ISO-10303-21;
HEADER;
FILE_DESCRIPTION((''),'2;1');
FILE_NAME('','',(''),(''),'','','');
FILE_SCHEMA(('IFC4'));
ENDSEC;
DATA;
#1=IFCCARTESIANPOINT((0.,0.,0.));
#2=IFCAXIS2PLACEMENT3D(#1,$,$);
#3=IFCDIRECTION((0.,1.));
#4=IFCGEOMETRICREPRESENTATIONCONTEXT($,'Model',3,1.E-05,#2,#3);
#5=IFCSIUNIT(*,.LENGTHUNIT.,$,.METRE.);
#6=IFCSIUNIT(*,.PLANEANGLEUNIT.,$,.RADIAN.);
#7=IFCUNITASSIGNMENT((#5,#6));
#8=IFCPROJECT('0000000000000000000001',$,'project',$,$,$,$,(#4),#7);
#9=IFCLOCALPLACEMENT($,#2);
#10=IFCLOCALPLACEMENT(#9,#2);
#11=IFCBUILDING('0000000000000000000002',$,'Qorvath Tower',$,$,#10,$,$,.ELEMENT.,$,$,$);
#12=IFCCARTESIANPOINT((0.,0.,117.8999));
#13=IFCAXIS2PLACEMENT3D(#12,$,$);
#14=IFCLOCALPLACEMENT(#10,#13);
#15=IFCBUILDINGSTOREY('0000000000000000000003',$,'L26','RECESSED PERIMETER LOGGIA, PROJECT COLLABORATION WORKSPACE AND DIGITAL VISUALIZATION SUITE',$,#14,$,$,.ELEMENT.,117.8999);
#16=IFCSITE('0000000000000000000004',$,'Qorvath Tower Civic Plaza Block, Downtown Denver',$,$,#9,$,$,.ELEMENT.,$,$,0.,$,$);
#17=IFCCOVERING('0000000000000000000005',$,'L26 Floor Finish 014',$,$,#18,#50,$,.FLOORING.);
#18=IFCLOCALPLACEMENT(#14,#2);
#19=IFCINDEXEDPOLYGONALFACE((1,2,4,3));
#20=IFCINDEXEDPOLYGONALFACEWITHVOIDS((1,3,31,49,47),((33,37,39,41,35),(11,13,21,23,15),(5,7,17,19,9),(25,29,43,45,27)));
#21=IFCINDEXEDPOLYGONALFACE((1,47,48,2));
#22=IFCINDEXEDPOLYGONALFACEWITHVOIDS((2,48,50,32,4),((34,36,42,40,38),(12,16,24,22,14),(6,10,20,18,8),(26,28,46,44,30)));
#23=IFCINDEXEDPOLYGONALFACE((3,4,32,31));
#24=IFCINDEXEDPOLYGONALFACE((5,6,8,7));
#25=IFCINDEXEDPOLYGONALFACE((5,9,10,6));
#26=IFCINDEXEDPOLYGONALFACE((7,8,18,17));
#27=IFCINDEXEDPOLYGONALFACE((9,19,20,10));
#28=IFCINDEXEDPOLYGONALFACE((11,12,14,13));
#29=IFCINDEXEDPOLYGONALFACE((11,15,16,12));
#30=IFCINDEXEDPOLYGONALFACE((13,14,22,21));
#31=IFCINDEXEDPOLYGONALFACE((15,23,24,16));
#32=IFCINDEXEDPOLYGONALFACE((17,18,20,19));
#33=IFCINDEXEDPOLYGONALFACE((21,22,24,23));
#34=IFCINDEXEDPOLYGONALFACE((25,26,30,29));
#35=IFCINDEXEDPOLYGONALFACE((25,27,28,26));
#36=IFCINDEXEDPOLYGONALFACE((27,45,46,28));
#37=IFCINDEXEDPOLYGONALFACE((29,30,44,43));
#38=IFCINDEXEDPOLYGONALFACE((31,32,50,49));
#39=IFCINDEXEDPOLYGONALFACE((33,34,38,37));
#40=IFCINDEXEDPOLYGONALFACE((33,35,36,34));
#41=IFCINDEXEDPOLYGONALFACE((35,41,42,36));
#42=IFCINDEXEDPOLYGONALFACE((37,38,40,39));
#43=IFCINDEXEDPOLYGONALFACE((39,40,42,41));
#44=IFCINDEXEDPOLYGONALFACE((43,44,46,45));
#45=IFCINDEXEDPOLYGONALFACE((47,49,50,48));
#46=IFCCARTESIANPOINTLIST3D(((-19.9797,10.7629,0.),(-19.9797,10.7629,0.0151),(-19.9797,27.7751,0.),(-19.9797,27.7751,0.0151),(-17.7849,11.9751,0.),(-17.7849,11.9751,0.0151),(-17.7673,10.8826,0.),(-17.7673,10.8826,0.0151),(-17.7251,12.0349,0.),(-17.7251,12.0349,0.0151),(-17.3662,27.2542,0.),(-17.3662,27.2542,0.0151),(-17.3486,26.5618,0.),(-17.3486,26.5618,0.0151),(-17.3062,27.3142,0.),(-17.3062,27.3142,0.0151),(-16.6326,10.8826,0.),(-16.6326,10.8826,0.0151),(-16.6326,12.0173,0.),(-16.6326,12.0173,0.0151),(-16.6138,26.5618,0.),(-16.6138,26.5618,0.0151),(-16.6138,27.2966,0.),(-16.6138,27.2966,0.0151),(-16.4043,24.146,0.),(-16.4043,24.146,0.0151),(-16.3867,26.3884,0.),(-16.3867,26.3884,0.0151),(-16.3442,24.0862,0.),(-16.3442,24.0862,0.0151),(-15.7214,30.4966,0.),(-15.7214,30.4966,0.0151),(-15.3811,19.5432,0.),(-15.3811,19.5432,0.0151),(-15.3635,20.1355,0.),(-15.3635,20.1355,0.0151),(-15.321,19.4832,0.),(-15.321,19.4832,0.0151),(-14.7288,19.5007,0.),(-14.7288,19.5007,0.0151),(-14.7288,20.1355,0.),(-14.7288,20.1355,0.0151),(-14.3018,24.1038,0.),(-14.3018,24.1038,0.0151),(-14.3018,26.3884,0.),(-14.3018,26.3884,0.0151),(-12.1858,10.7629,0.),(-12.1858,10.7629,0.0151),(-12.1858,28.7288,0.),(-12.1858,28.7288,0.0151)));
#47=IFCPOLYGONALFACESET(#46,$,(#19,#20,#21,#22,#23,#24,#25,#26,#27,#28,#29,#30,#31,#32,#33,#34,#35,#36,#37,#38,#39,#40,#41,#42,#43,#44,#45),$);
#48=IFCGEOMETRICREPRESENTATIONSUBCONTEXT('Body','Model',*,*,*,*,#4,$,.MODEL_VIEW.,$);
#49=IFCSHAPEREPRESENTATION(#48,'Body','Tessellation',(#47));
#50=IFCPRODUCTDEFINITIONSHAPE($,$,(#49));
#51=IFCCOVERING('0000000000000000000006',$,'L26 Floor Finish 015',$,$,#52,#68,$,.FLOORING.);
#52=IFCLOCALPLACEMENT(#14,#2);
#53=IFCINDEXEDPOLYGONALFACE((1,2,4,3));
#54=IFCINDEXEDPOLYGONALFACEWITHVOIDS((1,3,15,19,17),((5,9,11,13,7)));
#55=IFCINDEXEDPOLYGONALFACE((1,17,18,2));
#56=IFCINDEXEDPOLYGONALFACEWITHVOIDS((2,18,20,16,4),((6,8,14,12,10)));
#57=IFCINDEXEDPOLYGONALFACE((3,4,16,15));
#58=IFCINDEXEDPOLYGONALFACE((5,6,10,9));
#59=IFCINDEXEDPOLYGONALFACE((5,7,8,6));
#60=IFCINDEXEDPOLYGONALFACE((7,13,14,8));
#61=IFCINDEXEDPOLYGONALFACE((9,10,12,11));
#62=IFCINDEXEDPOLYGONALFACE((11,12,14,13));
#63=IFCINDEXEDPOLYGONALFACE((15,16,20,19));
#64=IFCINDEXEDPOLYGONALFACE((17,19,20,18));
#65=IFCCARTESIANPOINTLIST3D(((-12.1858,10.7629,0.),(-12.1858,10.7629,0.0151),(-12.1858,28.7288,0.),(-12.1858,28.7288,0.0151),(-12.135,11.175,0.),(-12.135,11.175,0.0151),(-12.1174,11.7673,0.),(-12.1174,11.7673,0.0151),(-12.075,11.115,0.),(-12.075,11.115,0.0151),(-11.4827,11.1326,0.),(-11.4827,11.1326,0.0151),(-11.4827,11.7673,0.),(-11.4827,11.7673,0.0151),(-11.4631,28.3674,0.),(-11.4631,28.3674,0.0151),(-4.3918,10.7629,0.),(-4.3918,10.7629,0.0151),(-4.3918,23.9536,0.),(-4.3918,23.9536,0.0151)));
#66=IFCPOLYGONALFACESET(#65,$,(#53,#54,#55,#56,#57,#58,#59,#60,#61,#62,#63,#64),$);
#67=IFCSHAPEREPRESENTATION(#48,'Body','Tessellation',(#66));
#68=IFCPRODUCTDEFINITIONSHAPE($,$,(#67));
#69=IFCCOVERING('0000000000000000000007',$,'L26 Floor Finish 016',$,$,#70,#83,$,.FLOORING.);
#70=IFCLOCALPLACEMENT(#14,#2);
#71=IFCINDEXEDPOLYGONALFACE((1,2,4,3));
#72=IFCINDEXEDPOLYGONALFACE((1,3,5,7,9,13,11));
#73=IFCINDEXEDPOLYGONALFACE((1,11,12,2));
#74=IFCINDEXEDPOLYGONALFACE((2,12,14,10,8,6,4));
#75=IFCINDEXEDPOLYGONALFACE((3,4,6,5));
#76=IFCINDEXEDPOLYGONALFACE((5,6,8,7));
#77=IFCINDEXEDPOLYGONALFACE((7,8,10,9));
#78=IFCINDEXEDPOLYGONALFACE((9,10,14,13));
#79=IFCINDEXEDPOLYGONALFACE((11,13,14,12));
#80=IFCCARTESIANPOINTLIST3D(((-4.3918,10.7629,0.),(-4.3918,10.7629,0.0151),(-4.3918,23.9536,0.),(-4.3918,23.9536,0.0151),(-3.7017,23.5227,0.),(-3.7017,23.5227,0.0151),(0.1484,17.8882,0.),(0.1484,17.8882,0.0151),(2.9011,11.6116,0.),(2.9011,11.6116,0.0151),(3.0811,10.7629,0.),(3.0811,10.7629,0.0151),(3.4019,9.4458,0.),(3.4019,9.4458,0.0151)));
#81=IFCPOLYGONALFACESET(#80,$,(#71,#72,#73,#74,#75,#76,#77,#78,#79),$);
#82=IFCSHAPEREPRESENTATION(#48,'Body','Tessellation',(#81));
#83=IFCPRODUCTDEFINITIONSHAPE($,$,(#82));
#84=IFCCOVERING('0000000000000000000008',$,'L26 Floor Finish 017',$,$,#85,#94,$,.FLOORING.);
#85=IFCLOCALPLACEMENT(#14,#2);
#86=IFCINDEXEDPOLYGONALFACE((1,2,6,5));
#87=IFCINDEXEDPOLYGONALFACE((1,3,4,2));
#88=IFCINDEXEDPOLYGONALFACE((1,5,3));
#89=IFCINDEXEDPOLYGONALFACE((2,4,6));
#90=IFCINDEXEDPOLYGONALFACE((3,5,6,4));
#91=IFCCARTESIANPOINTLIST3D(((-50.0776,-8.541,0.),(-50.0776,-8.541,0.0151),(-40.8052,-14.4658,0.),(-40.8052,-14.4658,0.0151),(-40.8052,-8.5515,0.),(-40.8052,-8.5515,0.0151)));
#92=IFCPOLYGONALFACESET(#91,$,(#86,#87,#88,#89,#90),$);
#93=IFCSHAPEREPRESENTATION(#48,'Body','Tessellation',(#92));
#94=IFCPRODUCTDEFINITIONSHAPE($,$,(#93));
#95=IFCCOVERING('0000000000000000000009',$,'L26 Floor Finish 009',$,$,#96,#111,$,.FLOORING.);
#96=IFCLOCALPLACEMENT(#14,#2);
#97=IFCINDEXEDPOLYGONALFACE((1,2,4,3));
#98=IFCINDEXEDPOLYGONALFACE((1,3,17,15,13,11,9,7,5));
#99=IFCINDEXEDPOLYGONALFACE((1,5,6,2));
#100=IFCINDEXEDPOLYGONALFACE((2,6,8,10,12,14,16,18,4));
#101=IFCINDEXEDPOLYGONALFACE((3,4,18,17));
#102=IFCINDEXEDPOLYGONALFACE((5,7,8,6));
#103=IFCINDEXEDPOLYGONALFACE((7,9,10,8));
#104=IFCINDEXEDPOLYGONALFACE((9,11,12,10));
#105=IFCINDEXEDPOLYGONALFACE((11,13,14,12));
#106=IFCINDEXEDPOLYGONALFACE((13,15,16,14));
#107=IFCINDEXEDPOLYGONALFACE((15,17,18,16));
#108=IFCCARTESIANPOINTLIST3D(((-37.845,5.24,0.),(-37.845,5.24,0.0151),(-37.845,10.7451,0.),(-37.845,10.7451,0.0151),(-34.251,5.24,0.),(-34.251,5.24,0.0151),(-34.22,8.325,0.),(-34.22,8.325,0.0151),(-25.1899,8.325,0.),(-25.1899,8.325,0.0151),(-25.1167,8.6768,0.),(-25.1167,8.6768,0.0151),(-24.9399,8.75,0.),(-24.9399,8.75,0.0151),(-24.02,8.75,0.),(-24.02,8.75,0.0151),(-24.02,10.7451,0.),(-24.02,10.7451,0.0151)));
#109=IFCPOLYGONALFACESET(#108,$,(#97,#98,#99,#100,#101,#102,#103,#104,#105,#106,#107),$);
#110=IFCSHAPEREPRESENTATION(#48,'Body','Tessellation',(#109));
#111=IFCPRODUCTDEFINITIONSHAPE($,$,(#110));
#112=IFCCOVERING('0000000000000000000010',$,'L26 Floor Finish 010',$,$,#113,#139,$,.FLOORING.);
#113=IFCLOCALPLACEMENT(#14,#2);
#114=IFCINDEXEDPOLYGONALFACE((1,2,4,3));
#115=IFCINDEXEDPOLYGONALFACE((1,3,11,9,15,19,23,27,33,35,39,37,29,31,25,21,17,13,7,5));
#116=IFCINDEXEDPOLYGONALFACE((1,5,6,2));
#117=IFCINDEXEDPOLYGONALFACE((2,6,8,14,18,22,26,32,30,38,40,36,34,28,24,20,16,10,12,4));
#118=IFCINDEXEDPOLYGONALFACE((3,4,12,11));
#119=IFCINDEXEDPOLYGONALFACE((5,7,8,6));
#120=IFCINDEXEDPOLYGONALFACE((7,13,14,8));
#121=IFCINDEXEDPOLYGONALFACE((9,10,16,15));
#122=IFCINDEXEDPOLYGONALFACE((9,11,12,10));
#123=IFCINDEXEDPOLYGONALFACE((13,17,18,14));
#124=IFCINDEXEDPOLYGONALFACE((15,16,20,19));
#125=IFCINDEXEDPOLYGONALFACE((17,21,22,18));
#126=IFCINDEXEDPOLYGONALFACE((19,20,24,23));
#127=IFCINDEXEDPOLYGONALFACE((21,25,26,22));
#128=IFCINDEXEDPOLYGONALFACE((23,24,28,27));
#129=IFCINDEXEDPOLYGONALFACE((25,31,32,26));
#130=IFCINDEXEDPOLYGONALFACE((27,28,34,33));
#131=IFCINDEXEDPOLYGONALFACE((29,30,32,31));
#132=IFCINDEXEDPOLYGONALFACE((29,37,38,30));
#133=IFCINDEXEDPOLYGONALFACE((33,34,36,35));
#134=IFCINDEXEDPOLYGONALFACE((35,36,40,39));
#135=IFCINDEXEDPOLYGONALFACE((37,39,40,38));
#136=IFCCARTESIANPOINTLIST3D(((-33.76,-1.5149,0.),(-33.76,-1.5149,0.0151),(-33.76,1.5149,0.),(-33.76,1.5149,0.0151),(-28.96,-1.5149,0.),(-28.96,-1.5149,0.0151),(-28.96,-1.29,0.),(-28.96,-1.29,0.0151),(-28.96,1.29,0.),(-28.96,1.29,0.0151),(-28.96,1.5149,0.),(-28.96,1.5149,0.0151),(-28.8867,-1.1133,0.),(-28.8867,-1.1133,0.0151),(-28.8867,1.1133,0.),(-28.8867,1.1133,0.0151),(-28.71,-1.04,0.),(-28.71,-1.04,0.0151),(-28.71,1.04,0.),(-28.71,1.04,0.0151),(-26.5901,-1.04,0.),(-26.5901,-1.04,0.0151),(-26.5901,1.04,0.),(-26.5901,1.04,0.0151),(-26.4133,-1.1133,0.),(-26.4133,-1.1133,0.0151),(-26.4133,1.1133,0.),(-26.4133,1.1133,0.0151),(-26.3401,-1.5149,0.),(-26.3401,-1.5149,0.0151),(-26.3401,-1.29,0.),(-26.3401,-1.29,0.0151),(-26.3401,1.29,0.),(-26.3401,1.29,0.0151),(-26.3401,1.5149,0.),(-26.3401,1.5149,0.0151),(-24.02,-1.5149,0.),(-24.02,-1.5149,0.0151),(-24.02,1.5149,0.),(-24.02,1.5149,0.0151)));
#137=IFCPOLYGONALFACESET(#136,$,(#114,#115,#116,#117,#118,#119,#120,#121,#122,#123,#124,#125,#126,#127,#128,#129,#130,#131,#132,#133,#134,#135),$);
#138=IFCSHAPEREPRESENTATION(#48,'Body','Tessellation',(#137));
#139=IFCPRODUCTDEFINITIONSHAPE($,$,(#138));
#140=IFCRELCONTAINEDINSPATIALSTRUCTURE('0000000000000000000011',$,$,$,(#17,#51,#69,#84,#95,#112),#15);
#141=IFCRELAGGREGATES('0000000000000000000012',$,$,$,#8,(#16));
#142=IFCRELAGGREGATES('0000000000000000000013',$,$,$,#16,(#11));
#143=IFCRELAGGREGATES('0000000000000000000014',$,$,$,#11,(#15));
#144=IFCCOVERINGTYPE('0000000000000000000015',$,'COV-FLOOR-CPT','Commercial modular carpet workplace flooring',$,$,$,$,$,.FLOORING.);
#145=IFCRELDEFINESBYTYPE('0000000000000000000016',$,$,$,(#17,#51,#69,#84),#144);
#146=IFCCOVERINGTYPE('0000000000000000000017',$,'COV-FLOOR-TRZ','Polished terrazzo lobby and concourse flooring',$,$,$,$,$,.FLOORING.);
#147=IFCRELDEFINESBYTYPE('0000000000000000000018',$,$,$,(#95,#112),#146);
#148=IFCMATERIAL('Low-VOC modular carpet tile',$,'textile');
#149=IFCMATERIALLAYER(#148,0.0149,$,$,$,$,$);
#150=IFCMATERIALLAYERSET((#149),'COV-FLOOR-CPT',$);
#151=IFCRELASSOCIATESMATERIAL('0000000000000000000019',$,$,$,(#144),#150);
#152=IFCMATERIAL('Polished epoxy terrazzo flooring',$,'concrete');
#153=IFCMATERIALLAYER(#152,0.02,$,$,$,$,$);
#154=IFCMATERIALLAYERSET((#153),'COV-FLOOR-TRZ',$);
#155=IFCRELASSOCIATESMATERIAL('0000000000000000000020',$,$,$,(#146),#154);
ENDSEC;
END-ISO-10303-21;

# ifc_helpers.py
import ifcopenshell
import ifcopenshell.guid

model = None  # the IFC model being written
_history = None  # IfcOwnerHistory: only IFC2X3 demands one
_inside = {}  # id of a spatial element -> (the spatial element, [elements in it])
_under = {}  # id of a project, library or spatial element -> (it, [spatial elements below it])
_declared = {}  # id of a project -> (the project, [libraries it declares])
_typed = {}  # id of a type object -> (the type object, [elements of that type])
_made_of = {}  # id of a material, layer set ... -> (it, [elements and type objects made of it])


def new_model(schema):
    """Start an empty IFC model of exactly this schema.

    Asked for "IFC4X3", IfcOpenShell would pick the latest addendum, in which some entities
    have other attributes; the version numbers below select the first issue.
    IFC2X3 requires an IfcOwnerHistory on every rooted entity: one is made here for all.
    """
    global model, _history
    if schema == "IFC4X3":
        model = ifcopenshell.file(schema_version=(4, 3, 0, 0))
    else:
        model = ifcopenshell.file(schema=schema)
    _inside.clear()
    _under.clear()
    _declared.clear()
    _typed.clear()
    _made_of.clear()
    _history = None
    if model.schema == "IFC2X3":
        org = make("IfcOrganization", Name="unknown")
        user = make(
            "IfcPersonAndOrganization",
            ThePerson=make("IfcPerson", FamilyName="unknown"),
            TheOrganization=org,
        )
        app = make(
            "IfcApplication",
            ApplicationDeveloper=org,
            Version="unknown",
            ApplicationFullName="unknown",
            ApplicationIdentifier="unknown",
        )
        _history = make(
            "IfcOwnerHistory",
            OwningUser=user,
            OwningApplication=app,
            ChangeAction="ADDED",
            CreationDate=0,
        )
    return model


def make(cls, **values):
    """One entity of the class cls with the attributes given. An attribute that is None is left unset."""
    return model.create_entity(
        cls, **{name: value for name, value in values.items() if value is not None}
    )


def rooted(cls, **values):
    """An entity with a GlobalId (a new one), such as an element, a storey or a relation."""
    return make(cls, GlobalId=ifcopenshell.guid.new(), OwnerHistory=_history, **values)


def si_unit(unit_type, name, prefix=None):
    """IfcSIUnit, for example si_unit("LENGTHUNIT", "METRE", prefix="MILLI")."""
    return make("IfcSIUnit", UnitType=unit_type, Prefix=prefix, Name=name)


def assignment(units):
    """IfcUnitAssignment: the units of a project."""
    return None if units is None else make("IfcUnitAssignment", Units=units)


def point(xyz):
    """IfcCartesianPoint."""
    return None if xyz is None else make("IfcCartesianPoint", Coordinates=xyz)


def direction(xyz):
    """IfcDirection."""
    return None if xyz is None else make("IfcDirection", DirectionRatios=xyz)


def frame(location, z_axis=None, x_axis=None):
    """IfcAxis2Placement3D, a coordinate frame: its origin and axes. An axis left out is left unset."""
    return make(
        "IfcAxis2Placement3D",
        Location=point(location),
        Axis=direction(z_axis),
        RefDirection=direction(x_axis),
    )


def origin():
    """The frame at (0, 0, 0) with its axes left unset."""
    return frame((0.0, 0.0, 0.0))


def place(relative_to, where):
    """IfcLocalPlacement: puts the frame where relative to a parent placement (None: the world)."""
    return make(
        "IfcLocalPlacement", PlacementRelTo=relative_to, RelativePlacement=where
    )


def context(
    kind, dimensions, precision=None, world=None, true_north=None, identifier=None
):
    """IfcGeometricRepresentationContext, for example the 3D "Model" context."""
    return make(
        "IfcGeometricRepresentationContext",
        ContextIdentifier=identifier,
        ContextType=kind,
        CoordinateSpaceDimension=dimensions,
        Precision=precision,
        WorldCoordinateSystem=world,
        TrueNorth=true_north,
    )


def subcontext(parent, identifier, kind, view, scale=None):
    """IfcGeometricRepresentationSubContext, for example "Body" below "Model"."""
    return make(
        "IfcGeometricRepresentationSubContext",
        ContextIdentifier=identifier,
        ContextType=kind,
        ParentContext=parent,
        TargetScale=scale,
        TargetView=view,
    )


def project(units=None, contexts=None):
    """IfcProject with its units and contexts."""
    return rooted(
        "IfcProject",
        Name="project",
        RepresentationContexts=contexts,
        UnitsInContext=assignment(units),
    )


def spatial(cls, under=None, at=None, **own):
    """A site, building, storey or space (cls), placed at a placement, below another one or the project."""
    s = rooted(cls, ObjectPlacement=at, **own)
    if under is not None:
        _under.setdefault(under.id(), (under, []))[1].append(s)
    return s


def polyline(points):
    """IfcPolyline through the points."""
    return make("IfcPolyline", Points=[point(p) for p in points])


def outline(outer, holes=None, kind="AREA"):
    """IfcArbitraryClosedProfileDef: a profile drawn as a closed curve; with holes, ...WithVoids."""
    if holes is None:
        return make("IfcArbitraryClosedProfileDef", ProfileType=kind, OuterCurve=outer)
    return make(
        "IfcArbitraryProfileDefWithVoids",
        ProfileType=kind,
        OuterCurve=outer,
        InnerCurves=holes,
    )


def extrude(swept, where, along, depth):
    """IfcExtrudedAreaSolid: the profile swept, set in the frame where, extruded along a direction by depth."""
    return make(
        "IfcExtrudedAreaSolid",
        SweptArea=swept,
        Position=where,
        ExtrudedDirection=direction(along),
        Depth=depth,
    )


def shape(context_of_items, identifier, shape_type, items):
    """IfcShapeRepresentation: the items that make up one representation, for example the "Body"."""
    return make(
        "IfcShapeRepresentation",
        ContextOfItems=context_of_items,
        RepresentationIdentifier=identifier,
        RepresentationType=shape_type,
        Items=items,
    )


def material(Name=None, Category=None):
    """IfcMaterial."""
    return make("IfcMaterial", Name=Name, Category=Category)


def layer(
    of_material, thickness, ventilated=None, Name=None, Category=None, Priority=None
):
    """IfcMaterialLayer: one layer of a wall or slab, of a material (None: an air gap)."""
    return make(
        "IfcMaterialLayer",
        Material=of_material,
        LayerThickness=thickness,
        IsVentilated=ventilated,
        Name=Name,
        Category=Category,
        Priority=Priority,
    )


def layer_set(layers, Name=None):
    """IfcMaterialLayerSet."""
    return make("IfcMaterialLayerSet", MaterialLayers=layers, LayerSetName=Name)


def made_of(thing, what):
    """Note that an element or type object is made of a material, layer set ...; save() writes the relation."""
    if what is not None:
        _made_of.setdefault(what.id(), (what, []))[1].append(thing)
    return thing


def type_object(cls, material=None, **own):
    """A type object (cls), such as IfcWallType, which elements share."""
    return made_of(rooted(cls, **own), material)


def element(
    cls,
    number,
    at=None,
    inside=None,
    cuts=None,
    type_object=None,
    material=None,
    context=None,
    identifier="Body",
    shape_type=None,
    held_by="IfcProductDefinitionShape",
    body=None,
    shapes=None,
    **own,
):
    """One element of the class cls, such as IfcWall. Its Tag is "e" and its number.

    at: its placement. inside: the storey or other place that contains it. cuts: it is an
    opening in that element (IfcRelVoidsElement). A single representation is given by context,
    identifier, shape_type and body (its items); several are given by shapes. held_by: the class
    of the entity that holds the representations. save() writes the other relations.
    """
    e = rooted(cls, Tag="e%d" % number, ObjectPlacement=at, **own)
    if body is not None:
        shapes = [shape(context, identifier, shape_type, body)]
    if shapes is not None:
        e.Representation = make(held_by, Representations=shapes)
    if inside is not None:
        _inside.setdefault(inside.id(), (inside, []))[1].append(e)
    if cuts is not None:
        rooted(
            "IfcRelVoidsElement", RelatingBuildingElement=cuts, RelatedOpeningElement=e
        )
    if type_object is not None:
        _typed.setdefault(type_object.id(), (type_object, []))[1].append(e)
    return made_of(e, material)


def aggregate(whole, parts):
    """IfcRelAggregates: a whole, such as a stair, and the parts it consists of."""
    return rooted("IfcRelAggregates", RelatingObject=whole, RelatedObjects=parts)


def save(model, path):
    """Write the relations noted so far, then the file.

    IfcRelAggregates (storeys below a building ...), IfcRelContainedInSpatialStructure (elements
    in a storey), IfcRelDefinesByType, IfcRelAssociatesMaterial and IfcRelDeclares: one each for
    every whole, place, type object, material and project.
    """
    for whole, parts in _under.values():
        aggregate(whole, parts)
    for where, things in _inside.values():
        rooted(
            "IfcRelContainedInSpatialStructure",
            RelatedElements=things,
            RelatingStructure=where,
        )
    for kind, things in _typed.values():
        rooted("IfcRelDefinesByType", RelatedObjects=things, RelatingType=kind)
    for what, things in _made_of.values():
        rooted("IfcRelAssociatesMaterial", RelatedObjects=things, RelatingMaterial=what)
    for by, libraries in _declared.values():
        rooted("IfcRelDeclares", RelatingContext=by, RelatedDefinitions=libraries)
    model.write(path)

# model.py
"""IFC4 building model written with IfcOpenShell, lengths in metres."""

from ifc_helpers import new_model, si_unit, direction, frame, origin, place, context, subcontext, project, spatial, polyline, outline, extrude, material, layer, layer_set, type_object, element, save


model = new_model("IFC4")

# Units and contexts
model_context = context("Model", 3, precision=1e-05, world=origin(), true_north=direction((0.0, 1.0)))
body_context = subcontext(model_context, "Body", "Model", "MODEL_VIEW")
ifc_project = project(units=[si_unit("LENGTHUNIT", "METRE"), si_unit("PLANEANGLEUNIT", "RADIAN")], contexts=[model_context])

# Site, building, storey
site_placement = place(None, origin())
site = spatial("IfcSite", under=ifc_project, at=site_placement, Name="Qorvath Tower Civic Plaza Block, Downtown Denver", CompositionType="ELEMENT", RefElevation=0.0)
building_placement = place(site_placement, origin())
building = spatial("IfcBuilding", under=site, at=building_placement, Name="Qorvath Tower", CompositionType="ELEMENT")
storey_placement = place(building_placement, frame((0.0, 0.0, 117.8999)))
storey = spatial("IfcBuildingStorey", under=building, at=storey_placement, Name="L26", Description="RECESSED PERIMETER LOGGIA, PROJECT COLLABORATION WORKSPACE AND DIGITAL VISUALIZATION SUITE", CompositionType="ELEMENT", Elevation=117.8999)

# Coverings
ifc_material_1 = material(Name="Low-VOC modular carpet tile", Category="textile")
ifc_layer_1 = layer(ifc_material_1, 0.0149)
ifc_layer_set_1 = layer_set([ifc_layer_1], Name="COV-FLOOR-CPT")
covering_type_1 = type_object("IfcCoveringType", Name="COV-FLOOR-CPT", Description="Commercial modular carpet workplace flooring", PredefinedType="FLOORING", material=ifc_layer_set_1)
covering_1_placement = place(storey_placement, origin())
element("IfcCovering", 1, at=covering_1_placement, inside=storey, type_object=covering_type_1, Name="L26 Floor Finish 014", PredefinedType="FLOORING", context=body_context, shape_type="SweptSolid", body=[
    extrude(outline(polyline([(-12.1858, 10.7629), (-12.1858, 28.7288), (-15.7214, 30.4966), (-19.9797, 27.7751), (-19.9797, 10.7629), (-12.1858, 10.7629)]), holes=[polyline([(-16.4043, 24.146), (-16.3867, 26.3884), (-14.3018, 26.3884), (-14.3018, 24.1038), (-16.3442, 24.0862), (-16.4043, 24.146)]), polyline([(-15.3811, 19.5432), (-15.3635, 20.1355), (-14.7288, 20.1355), (-14.7288, 19.5007), (-15.321, 19.4832), (-15.3811, 19.5432)]), polyline([(-17.3662, 27.2542), (-17.3062, 27.3142), (-16.6138, 27.2966), (-16.6138, 26.5618), (-17.3486, 26.5618), (-17.3662, 27.2542)]), polyline([(-17.7849, 11.9751), (-17.7251, 12.0349), (-16.6326, 12.0173), (-16.6326, 10.8826), (-17.7673, 10.8826), (-17.7849, 11.9751)])]), origin(), (0.0, 0.0, 1.0), 0.0151),
])
covering_2_placement = place(storey_placement, origin())
element("IfcCovering", 2, at=covering_2_placement, inside=storey, type_object=covering_type_1, Name="L26 Floor Finish 015", PredefinedType="FLOORING", context=body_context, shape_type="SweptSolid", body=[
    extrude(outline(polyline([(-4.3918, 10.7629), (-4.3918, 23.9536), (-11.4631, 28.3674), (-12.1858, 28.7288), (-12.1858, 10.7629), (-4.3918, 10.7629)]), holes=[polyline([(-12.135, 11.175), (-12.1174, 11.7673), (-11.4827, 11.7673), (-11.4827, 11.1326), (-12.075, 11.115), (-12.135, 11.175)])]), origin(), (0.0, 0.0, 1.0), 0.0151),
])
covering_3_placement = place(storey_placement, origin())
element("IfcCovering", 3, at=covering_3_placement, inside=storey, type_object=covering_type_1, Name="L26 Floor Finish 016", PredefinedType="FLOORING", context=body_context, shape_type="SweptSolid", body=[
    extrude(outline(polyline([(0.1484, 17.8882), (-3.7017, 23.5227), (-4.3918, 23.9536), (-4.3918, 10.7629), (3.0811, 10.7629), (3.4019, 9.4458), (2.9011, 11.6116), (0.1484, 17.8882)])), origin(), (0.0, 0.0, 1.0), 0.0151),
])
covering_4_placement = place(storey_placement, origin())
element("IfcCovering", 4, at=covering_4_placement, inside=storey, type_object=covering_type_1, Name="L26 Floor Finish 017", PredefinedType="FLOORING", context=body_context, shape_type="SweptSolid", body=[
    extrude(outline(polyline([(-50.0776, -8.541), (-40.8052, -14.4658), (-40.8052, -8.5515), (-50.0776, -8.541)])), origin(), (0.0, 0.0, 1.0), 0.0151),
])
ifc_material_2 = material(Name="Polished epoxy terrazzo flooring", Category="concrete")
ifc_layer_2 = layer(ifc_material_2, 0.02)
ifc_layer_set_2 = layer_set([ifc_layer_2], Name="COV-FLOOR-TRZ")
covering_type_2 = type_object("IfcCoveringType", Name="COV-FLOOR-TRZ", Description="Polished terrazzo lobby and concourse flooring", PredefinedType="FLOORING", material=ifc_layer_set_2)
covering_5_placement = place(storey_placement, origin())
element("IfcCovering", 5, at=covering_5_placement, inside=storey, type_object=covering_type_2, Name="L26 Floor Finish 009", PredefinedType="FLOORING", context=body_context, shape_type="SweptSolid", body=[
    extrude(outline(polyline([(-24.02, 8.75), (-24.02, 10.7451), (-37.845, 10.7451), (-37.845, 5.24), (-34.251, 5.24), (-34.22, 8.325), (-25.1899, 8.325), (-25.1167, 8.6768), (-24.9399, 8.75), (-24.02, 8.75)])), origin(), (0.0, 0.0, 1.0), 0.0151),
])
covering_6_placement = place(storey_placement, origin())
element("IfcCovering", 6, at=covering_6_placement, inside=storey, type_object=covering_type_2, Name="L26 Floor Finish 010", PredefinedType="FLOORING", context=body_context, shape_type="SweptSolid", body=[
    extrude(outline(polyline([(-24.02, -1.5149), (-24.02, 1.5149), (-26.3401, 1.5149), (-26.3401, 1.29), (-26.4133, 1.1133), (-26.5901, 1.04), (-28.71, 1.04), (-28.8867, 1.1133), (-28.96, 1.29), (-28.96, 1.5149), (-33.76, 1.5149), (-33.76, -1.5149), (-28.96, -1.5149), (-28.96, -1.29), (-28.8867, -1.1133), (-28.71, -1.04), (-26.5901, -1.04), (-26.4133, -1.1133), (-26.3401, -1.29), (-26.3401, -1.5149), (-24.02, -1.5149)])), origin(), (0.0, 0.0, 1.0), 0.0151),
])

save(model, "model.ifc")
